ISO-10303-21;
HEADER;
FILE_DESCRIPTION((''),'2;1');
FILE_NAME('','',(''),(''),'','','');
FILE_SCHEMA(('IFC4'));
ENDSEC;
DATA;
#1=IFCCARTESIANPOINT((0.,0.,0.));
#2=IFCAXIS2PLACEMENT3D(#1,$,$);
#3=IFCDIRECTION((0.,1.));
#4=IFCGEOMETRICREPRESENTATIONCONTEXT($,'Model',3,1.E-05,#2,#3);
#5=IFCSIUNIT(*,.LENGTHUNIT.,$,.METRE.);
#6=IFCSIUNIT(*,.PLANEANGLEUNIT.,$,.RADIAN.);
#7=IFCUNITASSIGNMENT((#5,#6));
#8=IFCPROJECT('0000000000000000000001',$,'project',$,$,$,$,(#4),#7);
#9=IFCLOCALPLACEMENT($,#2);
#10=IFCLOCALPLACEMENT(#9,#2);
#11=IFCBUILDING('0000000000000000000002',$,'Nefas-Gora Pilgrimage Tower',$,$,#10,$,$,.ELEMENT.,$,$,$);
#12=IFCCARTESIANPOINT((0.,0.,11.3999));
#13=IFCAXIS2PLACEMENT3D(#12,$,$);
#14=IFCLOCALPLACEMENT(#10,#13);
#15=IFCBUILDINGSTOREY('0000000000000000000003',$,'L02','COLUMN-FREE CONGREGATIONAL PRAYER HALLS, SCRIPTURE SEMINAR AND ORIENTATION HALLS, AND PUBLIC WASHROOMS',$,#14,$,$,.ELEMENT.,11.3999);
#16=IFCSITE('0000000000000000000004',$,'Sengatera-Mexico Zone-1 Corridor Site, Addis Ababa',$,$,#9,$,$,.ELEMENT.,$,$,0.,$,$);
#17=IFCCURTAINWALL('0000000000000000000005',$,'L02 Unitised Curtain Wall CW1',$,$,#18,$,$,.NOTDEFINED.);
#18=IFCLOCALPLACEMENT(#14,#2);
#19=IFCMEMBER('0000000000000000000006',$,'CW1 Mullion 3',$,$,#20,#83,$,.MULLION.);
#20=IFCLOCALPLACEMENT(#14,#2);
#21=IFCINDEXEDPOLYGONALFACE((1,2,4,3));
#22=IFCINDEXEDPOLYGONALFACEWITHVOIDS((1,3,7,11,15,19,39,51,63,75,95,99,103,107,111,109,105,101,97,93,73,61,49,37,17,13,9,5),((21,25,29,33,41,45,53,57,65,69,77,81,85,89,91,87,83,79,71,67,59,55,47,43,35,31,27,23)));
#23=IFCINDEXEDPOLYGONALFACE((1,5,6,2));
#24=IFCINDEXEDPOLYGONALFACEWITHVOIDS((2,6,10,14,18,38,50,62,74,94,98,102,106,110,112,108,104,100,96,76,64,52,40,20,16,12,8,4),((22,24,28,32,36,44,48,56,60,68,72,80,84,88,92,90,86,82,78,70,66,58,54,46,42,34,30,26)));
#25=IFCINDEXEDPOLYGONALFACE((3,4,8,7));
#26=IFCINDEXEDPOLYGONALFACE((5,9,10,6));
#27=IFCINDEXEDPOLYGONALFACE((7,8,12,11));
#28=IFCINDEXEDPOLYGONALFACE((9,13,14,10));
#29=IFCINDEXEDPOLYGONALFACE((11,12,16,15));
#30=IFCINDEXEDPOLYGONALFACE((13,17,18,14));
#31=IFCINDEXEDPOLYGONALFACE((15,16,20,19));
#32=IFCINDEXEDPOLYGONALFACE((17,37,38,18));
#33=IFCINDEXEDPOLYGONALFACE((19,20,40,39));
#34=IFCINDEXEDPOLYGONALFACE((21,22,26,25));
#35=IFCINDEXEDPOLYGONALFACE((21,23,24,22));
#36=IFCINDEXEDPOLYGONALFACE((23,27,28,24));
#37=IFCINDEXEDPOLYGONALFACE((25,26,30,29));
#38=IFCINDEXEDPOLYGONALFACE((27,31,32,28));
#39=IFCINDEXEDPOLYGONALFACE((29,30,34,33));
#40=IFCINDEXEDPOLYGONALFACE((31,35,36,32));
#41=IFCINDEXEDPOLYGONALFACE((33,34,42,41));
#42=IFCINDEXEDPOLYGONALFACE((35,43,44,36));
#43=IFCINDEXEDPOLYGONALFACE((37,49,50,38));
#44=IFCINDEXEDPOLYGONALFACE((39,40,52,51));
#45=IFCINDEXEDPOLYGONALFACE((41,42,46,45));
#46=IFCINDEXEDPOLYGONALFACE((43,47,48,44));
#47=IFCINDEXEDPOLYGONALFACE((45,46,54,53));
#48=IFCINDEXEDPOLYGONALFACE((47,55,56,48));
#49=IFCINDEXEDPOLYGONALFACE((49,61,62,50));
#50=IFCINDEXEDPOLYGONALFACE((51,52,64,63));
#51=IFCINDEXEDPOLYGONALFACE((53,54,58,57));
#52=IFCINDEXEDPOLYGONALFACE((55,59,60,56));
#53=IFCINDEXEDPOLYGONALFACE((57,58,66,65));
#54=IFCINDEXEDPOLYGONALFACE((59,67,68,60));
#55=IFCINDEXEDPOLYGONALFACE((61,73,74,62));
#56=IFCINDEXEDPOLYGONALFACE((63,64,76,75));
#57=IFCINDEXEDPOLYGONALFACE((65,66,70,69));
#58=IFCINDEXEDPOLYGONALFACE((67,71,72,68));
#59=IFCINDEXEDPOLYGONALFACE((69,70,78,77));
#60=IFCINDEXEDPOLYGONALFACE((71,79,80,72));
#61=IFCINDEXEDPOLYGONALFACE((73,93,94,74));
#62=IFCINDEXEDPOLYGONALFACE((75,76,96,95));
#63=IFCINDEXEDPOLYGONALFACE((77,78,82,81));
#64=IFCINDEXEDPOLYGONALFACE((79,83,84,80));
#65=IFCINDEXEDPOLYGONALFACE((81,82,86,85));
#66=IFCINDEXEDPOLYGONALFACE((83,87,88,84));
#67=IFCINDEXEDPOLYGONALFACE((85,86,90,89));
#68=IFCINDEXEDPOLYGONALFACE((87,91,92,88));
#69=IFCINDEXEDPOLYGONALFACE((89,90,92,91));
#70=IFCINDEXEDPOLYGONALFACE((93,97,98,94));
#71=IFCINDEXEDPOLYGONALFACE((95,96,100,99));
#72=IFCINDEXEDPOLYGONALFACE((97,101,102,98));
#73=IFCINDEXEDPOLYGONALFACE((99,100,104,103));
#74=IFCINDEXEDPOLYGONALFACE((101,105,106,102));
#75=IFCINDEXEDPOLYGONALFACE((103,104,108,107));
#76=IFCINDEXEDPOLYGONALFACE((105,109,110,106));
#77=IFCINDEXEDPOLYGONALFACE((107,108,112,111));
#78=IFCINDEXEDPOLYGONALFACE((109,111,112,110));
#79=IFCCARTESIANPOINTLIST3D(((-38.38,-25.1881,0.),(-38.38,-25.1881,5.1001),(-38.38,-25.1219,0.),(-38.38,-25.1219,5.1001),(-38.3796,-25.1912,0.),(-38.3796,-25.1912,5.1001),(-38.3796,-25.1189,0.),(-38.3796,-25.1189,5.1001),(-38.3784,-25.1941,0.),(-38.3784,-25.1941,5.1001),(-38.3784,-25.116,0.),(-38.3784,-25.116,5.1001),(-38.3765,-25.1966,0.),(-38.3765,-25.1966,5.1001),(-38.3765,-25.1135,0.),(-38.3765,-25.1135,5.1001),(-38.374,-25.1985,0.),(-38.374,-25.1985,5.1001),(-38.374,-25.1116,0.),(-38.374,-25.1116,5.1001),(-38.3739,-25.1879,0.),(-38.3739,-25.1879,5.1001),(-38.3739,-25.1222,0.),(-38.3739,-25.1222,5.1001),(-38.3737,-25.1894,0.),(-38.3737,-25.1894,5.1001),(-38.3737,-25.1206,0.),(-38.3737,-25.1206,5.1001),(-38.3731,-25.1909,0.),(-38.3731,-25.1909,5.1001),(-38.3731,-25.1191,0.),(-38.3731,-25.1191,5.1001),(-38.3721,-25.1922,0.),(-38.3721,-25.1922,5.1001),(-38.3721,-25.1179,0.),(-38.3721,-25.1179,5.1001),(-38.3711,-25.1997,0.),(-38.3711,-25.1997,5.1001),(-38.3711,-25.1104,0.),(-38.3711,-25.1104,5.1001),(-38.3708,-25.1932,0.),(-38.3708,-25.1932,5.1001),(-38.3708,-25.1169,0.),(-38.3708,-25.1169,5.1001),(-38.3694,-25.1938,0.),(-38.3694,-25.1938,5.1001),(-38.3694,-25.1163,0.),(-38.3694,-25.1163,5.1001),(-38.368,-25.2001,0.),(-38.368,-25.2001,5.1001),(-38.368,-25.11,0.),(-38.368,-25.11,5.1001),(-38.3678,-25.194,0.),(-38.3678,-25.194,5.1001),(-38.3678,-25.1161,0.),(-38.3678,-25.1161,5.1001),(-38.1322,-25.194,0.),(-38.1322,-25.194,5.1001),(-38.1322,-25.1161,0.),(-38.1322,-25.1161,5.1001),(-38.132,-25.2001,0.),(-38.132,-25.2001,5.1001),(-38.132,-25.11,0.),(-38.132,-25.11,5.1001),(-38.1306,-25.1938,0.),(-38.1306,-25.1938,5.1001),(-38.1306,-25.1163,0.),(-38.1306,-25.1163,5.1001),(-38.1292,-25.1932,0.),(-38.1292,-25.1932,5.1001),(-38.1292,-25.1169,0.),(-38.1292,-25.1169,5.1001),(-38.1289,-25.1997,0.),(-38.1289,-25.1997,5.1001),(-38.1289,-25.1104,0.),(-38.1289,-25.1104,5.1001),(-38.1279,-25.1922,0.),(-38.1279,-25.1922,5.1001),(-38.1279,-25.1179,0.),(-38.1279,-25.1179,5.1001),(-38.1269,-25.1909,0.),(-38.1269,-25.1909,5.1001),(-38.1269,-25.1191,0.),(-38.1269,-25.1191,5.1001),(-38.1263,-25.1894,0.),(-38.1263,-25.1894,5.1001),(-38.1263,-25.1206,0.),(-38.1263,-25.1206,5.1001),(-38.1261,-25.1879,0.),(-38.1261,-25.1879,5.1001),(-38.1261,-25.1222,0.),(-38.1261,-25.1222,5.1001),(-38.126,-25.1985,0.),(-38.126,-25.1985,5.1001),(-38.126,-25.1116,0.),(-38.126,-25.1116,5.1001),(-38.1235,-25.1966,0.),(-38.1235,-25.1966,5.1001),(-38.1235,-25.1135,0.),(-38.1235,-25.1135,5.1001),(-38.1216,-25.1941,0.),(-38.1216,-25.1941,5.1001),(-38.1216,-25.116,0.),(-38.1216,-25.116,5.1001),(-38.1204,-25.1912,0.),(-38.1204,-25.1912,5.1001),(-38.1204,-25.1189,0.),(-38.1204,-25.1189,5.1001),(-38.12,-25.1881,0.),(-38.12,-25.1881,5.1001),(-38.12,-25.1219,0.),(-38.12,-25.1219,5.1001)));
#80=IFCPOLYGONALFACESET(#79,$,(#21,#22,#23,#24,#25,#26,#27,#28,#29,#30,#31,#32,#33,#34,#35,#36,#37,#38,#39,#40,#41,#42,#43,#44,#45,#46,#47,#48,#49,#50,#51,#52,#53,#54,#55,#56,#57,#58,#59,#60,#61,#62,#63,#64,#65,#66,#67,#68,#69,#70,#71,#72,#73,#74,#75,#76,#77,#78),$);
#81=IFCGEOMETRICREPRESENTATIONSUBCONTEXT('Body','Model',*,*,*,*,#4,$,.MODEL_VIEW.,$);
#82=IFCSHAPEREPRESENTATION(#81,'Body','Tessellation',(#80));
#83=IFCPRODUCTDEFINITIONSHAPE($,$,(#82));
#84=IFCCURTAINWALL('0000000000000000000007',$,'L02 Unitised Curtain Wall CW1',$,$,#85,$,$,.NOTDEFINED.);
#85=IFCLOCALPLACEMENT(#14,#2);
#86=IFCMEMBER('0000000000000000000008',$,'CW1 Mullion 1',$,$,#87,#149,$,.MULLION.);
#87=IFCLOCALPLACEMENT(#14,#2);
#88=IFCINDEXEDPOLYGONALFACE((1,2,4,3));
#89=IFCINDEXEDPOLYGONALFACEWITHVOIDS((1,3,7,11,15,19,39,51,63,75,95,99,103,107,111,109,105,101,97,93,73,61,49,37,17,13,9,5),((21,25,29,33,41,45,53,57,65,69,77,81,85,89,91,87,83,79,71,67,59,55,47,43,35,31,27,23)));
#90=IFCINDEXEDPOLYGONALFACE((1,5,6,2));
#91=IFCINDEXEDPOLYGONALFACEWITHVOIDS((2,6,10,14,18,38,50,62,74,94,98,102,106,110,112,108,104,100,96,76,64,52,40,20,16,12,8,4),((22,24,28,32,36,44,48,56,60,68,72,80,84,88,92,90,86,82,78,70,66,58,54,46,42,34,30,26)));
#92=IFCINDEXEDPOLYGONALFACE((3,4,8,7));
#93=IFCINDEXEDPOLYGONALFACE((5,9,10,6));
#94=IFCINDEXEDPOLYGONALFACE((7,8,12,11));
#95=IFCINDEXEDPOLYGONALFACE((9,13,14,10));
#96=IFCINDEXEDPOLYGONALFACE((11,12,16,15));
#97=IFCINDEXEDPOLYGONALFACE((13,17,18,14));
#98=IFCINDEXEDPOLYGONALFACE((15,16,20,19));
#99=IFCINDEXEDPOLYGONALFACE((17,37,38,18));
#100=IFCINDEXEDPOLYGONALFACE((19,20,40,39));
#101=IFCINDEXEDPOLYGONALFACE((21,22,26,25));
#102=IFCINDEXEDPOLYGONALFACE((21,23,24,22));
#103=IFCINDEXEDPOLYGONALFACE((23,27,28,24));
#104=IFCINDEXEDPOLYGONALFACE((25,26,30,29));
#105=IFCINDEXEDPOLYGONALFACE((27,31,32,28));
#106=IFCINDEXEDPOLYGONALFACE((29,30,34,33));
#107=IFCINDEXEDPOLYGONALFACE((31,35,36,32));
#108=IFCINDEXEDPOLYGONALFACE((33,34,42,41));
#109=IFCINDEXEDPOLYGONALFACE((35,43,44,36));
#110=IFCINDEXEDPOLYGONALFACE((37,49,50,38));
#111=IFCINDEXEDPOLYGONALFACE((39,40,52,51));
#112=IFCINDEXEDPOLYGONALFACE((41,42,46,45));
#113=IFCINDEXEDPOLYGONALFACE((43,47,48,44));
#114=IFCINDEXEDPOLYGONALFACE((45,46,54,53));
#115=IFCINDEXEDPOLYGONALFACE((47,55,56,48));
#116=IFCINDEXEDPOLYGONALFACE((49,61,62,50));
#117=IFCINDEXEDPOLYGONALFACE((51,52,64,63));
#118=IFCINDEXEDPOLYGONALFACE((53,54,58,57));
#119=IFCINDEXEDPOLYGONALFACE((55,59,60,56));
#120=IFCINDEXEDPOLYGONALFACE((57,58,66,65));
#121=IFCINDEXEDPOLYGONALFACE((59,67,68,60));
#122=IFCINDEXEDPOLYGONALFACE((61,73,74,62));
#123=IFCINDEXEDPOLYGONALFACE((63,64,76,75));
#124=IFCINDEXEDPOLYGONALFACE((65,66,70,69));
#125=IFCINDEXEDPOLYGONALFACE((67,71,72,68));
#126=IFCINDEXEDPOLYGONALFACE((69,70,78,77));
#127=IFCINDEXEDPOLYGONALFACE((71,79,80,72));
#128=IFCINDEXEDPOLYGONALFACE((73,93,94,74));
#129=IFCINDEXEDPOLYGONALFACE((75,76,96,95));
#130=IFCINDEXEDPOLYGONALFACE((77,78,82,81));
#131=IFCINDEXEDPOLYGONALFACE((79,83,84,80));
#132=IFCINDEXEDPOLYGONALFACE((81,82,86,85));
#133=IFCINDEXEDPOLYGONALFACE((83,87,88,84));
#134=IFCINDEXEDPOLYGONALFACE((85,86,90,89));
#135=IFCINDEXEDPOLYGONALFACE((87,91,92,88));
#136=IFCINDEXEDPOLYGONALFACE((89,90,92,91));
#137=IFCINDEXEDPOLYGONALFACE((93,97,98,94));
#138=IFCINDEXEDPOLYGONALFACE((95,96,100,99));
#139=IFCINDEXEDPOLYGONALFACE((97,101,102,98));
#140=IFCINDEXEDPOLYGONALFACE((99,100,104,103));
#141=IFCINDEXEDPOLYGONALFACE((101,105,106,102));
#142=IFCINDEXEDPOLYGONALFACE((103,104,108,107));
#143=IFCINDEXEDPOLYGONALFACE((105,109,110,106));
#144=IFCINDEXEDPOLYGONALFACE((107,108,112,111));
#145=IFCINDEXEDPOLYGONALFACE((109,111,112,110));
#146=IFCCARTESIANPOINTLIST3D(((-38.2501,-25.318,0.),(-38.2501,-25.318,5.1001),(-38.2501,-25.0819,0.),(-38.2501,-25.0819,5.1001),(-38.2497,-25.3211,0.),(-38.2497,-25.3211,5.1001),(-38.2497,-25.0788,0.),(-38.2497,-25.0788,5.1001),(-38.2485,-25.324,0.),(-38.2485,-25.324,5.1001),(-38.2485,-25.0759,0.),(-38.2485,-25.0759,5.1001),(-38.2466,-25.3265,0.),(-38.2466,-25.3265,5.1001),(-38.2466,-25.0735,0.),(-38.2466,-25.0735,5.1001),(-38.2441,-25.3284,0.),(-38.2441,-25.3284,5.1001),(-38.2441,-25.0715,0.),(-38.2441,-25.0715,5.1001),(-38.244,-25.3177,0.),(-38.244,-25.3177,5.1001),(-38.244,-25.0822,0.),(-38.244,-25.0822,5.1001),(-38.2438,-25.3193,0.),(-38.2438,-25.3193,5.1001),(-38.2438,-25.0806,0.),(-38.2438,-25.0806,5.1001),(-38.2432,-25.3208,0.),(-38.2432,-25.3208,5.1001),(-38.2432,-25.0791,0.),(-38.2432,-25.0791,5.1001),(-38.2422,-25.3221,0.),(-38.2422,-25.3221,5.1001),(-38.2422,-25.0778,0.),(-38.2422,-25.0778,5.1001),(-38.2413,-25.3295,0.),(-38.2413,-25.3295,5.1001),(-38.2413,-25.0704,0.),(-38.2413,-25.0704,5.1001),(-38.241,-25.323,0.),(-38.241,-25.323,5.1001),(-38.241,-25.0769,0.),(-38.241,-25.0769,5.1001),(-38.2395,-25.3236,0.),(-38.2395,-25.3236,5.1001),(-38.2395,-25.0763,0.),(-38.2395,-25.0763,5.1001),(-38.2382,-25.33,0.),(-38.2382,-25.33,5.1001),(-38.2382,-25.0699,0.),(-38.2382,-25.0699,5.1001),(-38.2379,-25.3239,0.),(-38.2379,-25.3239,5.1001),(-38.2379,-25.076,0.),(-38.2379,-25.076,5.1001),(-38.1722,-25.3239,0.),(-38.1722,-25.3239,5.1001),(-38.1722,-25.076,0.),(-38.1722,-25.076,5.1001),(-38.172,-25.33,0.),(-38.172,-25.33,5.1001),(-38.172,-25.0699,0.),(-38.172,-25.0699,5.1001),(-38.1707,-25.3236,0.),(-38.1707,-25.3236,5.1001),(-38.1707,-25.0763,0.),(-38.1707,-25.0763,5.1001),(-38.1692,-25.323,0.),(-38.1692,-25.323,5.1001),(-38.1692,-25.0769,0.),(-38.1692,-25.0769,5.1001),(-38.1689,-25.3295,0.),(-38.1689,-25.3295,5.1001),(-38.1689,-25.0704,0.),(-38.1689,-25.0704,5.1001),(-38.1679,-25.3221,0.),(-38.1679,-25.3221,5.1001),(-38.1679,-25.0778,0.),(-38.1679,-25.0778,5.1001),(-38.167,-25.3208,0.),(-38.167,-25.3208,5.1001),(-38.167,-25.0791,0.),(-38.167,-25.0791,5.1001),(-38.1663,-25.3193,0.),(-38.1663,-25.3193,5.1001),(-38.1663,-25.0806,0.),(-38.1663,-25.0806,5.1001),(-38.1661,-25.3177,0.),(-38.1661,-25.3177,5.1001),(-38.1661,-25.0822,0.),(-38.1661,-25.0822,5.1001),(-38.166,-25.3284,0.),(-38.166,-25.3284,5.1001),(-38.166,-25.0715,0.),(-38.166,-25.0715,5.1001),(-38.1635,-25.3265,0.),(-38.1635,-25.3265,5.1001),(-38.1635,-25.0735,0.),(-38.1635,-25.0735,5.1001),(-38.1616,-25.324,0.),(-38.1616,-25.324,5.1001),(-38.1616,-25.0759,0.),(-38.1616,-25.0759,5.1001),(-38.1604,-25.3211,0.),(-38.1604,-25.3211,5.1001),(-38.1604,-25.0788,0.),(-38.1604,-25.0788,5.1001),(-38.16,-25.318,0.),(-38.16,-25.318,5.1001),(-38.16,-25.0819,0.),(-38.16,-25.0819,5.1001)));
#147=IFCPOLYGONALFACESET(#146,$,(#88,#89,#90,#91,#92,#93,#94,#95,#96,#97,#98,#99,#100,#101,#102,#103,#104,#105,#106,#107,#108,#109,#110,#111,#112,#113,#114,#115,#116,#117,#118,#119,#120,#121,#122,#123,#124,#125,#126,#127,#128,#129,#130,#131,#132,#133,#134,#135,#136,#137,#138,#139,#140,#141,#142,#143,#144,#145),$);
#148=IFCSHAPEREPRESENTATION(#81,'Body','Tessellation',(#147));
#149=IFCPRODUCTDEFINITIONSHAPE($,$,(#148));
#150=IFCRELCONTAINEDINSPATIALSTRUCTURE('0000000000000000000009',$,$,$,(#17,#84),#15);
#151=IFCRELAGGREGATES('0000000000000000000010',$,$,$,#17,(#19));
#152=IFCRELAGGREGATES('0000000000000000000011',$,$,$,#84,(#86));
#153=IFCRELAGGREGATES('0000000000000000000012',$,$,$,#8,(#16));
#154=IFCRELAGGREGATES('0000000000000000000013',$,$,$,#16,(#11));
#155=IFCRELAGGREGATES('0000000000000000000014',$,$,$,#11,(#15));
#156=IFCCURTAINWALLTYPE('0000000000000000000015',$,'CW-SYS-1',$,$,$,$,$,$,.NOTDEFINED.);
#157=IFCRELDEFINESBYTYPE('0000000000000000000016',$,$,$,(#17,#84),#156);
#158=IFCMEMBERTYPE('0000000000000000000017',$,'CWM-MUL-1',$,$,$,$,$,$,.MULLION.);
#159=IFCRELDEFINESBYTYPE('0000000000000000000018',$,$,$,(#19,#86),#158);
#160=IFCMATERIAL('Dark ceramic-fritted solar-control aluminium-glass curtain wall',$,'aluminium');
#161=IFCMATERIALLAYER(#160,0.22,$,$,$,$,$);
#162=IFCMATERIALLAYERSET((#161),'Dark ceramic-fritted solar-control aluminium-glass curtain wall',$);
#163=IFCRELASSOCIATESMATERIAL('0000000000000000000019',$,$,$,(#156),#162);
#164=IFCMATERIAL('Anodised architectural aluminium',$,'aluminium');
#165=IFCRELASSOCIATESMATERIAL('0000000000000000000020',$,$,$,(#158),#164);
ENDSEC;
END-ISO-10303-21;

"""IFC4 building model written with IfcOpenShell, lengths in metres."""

from ifc_helpers import new_model, si_unit, direction, frame, origin, origin_2d, place, context, subcontext, project, spatial, hollow_rectangle, extrude, source, transform, mapped, material, layer, layer_set, material_profile, profile_set, type_object, element, aggregate, save


model = new_model("IFC4")

# Units and contexts
model_context = context("Model", 3, precision=1e-05, world=origin(), true_north=direction((0.0, 1.0)))
body_context = subcontext(model_context, "Body", "Model", "MODEL_VIEW")
ifc_project = project(units=[si_unit("LENGTHUNIT", "METRE"), si_unit("PLANEANGLEUNIT", "RADIAN")], contexts=[model_context])

# Site, building, storey
site_placement = place(None, origin())
site = spatial("IfcSite", under=ifc_project, at=site_placement, Name="Sengatera-Mexico Zone-1 Corridor Site, Addis Ababa", CompositionType="ELEMENT", RefElevation=0.0)
building_placement = place(site_placement, origin())
building = spatial("IfcBuilding", under=site, at=building_placement, Name="Nefas-Gora Pilgrimage Tower", CompositionType="ELEMENT")
storey_placement = place(building_placement, frame((0.0, 0.0, 11.3999)))
storey = spatial("IfcBuildingStorey", under=building, at=storey_placement, Name="L02", Description="COLUMN-FREE CONGREGATIONAL PRAYER HALLS, SCRIPTURE SEMINAR AND ORIENTATION HALLS, AND PUBLIC WASHROOMS", CompositionType="ELEMENT", Elevation=11.3999)

# Curtain wall, member
ifc_material_1 = material(Name="Dark ceramic-fritted solar-control aluminium-glass curtain wall", Category="aluminium")
ifc_layer_1 = layer(ifc_material_1, 0.22)
ifc_layer_set_1 = layer_set([ifc_layer_1], Name="Dark ceramic-fritted solar-control aluminium-glass curtain wall")
curtain_wall_type = type_object("IfcCurtainWallType", Name="CW-SYS-1", PredefinedType="NOTDEFINED", material=ifc_layer_set_1)
curtain_wall_1_placement = place(storey_placement, origin())
curtain_wall_1 = element("IfcCurtainWall", 1, at=curtain_wall_1_placement, inside=storey, type_object=curtain_wall_type, Name="L02 Unitised Curtain Wall CW1", PredefinedType="NOTDEFINED")
ifc_material_2 = material(Name="Anodised architectural aluminium", Category="aluminium")
ifc_material_profile_1 = material_profile(ifc_material_2, hollow_rectangle(XDim=0.0901, YDim=0.26, WallThickness=0.0061, InnerFilletRadius=0.0061, OuterFilletRadius=0.012, at=origin_2d()), Name="ALU MULLION 90x260")
ifc_profile_set_1 = profile_set([ifc_material_profile_1], Name="Anodised architectural aluminium")
member_type_1 = type_object("IfcMemberType", Name="CWM-MUL-1", PredefinedType="MULLION", material=ifc_profile_set_1)
shared_shape_1 = source(origin(), body_context, "Body", "SweptSolid", [
    extrude(hollow_rectangle(XDim=0.0901, YDim=0.26, WallThickness=0.0061, InnerFilletRadius=0.0061, OuterFilletRadius=0.012, at=origin_2d()), origin(), (0.0, 0.0, 1.0), 5.1001),
])
member_1_placement = place(storey_placement, frame((-38.25, -25.155, 0.0), z_axis=(0.0, 0.0, 1.0), x_axis=(0.0, -1.0, 0.0)))
member_1 = element("IfcMember", 2, at=member_1_placement, type_object=member_type_1, Name="CW1 Mullion 3", PredefinedType="MULLION", context=body_context, shape_type="MappedRepresentation", body=[
    mapped(shared_shape_1, transform((0.0, 0.0, 0.0), x_axis=(1.0, 0.0, 0.0), y_axis=(0.0, 1.0, 0.0), z_axis=(0.0, 0.0, 1.0), scale=1.0)),
])

# Curtain wall, member
curtain_wall_2_placement = place(storey_placement, origin())
curtain_wall_2 = element("IfcCurtainWall", 3, at=curtain_wall_2_placement, inside=storey, type_object=curtain_wall_type, Name="L02 Unitised Curtain Wall CW1", PredefinedType="NOTDEFINED")
member_2_placement = place(storey_placement, frame((-38.2051, -25.2, 0.0), z_axis=(0.0, 0.0, 1.0), x_axis=(1.0, 0.0, 0.0)))
member_2 = element("IfcMember", 4, at=member_2_placement, type_object=member_type_1, Name="CW1 Mullion 1", PredefinedType="MULLION", context=body_context, shape_type="MappedRepresentation", body=[
    mapped(shared_shape_1, transform((0.0, 0.0, 0.0), x_axis=(1.0, 0.0, 0.0), y_axis=(0.0, 1.0, 0.0), z_axis=(0.0, 0.0, 1.0), scale=1.0)),
])

aggregate(curtain_wall_1, [member_1])
aggregate(curtain_wall_2, [member_2])

save(model, "model.ifc")
